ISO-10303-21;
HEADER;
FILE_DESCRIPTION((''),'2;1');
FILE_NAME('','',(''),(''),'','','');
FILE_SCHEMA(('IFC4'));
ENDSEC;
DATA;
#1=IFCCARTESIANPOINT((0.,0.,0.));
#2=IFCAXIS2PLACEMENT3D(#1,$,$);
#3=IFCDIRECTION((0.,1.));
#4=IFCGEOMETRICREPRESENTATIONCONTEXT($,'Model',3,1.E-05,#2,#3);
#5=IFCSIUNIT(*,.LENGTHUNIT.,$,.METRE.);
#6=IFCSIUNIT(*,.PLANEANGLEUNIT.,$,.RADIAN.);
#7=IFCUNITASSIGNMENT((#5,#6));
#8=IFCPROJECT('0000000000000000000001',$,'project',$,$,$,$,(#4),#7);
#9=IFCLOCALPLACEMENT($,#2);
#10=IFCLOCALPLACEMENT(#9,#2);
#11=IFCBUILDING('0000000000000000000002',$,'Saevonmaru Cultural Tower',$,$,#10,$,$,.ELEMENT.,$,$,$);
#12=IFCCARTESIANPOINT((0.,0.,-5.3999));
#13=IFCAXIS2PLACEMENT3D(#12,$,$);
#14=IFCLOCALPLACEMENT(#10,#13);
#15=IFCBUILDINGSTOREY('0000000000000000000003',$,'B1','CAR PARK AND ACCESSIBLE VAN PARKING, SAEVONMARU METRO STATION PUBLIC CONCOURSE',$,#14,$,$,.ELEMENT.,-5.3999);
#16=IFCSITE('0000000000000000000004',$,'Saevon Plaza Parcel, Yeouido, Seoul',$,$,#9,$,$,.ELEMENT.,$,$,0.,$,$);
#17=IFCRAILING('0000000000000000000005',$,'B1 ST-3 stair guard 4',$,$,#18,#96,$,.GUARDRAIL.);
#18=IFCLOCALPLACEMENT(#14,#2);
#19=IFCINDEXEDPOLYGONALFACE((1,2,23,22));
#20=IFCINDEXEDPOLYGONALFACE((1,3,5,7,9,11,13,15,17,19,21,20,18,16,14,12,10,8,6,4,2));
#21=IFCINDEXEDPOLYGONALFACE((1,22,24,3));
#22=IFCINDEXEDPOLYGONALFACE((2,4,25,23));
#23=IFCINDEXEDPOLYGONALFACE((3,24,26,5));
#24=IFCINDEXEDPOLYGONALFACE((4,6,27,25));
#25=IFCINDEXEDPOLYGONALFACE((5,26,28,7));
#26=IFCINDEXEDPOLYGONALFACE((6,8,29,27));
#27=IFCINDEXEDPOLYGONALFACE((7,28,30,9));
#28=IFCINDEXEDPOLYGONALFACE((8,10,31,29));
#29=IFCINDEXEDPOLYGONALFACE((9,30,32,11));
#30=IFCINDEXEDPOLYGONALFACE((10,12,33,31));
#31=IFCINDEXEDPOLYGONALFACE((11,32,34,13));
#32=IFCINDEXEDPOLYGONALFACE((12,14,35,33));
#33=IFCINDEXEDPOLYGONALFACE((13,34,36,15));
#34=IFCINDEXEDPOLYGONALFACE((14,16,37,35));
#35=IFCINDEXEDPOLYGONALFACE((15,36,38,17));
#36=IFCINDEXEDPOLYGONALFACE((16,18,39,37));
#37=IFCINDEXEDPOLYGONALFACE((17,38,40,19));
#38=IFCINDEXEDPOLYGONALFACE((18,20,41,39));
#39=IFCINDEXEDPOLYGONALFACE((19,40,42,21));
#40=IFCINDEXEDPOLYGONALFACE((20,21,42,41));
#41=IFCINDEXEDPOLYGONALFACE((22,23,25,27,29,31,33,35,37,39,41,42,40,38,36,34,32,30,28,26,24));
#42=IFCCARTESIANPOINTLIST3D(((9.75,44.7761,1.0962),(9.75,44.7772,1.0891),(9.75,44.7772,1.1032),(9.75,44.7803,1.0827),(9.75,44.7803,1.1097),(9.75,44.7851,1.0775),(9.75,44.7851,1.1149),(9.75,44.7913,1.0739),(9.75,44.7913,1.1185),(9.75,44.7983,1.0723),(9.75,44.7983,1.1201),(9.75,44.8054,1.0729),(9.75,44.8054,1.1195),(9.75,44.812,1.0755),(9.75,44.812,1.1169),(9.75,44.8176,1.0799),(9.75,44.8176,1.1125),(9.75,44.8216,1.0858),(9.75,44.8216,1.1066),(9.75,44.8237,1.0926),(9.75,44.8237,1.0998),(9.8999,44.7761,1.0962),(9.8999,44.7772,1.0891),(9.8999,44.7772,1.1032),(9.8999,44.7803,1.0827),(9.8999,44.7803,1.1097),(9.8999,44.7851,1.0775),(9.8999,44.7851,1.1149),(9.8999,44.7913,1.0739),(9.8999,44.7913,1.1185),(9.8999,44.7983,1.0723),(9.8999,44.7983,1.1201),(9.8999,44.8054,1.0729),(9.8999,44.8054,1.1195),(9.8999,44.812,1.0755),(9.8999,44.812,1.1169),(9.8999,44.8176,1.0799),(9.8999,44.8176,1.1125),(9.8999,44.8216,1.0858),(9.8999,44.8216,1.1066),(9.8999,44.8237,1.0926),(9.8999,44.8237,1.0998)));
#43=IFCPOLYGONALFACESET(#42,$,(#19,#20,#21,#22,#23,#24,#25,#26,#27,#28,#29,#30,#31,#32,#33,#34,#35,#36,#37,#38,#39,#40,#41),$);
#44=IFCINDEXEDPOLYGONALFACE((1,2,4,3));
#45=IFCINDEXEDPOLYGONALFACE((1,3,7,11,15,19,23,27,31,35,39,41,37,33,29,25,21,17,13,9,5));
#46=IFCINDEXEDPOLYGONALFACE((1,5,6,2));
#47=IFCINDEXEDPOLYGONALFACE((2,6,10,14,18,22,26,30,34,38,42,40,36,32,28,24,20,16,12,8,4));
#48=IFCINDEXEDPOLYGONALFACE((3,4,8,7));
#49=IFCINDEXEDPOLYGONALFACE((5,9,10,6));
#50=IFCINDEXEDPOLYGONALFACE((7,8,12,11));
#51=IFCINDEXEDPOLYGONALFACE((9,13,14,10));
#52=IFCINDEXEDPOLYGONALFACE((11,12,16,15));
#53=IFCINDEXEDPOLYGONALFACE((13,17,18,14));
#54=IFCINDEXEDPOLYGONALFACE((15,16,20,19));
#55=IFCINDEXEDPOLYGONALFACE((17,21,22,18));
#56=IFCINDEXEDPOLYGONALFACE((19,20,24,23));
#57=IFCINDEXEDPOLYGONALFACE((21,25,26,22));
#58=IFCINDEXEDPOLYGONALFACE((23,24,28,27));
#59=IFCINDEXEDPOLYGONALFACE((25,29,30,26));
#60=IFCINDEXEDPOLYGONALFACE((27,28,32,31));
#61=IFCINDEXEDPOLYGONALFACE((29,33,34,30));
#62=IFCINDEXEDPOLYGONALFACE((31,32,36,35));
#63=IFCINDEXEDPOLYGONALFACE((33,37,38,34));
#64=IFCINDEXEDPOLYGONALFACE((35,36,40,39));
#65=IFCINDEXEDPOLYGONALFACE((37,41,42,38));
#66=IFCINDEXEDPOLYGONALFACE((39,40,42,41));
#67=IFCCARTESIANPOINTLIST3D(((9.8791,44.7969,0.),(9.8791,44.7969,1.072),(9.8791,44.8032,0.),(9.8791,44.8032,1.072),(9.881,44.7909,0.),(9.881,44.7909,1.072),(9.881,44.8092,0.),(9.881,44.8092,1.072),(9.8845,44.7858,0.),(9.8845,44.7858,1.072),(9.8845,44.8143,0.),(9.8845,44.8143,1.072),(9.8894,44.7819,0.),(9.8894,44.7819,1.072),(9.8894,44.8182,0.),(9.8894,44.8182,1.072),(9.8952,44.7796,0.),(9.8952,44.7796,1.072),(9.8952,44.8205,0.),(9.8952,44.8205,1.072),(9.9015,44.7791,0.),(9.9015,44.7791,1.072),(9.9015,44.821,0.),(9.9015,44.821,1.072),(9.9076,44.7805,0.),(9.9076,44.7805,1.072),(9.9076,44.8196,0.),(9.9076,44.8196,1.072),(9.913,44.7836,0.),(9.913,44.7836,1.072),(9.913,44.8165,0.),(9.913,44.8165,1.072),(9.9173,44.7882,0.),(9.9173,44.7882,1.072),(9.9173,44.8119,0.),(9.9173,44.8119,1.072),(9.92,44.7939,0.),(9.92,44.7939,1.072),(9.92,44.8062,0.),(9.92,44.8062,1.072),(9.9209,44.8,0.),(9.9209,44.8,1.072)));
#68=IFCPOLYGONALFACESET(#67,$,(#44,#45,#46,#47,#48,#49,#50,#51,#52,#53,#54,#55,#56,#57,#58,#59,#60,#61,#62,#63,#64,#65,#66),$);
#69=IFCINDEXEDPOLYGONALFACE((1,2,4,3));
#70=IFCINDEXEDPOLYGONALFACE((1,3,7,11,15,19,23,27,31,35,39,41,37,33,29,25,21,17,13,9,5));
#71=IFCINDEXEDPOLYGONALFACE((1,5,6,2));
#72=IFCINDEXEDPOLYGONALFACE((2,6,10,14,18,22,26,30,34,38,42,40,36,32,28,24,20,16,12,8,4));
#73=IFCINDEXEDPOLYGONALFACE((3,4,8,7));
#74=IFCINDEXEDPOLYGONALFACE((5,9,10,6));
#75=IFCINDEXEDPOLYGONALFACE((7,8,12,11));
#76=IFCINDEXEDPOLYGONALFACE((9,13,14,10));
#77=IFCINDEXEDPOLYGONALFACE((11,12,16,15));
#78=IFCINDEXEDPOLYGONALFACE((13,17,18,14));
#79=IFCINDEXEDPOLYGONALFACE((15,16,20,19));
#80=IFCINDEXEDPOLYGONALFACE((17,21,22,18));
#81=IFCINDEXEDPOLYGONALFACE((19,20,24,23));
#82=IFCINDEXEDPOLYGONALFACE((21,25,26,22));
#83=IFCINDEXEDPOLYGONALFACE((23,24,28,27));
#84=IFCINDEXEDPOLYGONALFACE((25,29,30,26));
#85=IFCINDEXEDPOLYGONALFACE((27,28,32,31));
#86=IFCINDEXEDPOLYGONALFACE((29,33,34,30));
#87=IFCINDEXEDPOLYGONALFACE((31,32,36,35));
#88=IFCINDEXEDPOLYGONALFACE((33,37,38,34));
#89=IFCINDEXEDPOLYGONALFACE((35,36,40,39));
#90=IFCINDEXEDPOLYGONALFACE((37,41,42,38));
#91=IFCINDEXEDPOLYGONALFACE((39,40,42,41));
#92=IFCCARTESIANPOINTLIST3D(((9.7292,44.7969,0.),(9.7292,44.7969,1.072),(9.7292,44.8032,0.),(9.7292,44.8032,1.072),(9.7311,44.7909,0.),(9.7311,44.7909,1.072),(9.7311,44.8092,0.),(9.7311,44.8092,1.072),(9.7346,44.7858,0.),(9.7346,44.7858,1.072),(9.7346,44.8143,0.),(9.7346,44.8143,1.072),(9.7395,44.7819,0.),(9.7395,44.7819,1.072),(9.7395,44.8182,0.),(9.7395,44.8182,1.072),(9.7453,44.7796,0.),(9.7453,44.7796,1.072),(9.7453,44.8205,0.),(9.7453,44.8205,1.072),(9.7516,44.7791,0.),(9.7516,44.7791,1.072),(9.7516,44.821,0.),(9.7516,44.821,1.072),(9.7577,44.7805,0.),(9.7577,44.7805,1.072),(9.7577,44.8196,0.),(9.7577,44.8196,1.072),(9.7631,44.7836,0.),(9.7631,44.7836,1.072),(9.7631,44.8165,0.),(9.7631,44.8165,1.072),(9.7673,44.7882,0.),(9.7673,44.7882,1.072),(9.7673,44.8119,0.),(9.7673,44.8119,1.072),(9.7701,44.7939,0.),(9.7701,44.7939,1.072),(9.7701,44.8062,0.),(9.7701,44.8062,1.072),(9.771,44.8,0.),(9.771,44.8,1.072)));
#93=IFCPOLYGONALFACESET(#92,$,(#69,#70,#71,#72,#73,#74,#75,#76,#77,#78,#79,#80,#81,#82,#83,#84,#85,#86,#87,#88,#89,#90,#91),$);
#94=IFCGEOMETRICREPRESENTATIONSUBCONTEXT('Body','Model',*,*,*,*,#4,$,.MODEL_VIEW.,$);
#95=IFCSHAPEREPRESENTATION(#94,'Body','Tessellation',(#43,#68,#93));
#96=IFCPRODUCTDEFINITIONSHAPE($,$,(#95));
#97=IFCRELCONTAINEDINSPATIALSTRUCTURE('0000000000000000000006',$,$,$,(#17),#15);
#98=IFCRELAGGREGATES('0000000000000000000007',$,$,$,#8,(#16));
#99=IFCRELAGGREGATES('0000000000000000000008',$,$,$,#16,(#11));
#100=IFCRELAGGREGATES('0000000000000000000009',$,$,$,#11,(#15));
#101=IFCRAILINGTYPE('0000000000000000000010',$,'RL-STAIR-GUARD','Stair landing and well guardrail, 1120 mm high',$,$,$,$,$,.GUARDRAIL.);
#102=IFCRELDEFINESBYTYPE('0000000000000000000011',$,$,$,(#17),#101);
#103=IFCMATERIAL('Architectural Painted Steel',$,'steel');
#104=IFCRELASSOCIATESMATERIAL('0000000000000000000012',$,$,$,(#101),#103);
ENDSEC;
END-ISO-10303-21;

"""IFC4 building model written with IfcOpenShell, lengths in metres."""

from ifc_helpers import new_model, si_unit, direction, frame, origin, origin_2d, place, context, subcontext, project, spatial, circle, extrude, material, type_object, element, save


model = new_model("IFC4")

# Units and contexts
model_context = context("Model", 3, precision=1e-05, world=origin(), true_north=direction((0.0, 1.0)))
body_context = subcontext(model_context, "Body", "Model", "MODEL_VIEW")
ifc_project = project(units=[si_unit("LENGTHUNIT", "METRE"), si_unit("PLANEANGLEUNIT", "RADIAN")], contexts=[model_context])

# Site, building, storey
site_placement = place(None, origin())
site = spatial("IfcSite", under=ifc_project, at=site_placement, Name="Saevon Plaza Parcel, Yeouido, Seoul", CompositionType="ELEMENT", RefElevation=0.0)
building_placement = place(site_placement, origin())
building = spatial("IfcBuilding", under=site, at=building_placement, Name="Saevonmaru Cultural Tower", CompositionType="ELEMENT")
storey_placement = place(building_placement, frame((0.0, 0.0, -5.3999)))
storey = spatial("IfcBuildingStorey", under=building, at=storey_placement, Name="B1", Description="CAR PARK AND ACCESSIBLE VAN PARKING, SAEVONMARU METRO STATION PUBLIC CONCOURSE", CompositionType="ELEMENT", Elevation=-5.3999)

# Railing
ifc_material_1 = material(Name="Architectural Painted Steel", Category="steel")
railing_type_1 = type_object("IfcRailingType", Name="RL-STAIR-GUARD", Description="Stair landing and well guardrail, 1120 mm high", PredefinedType="GUARDRAIL", material=ifc_material_1)
railing_1_placement = place(storey_placement, frame((9.8999, 44.8, 0.0)))
element("IfcRailing", 1, at=railing_1_placement, inside=storey, type_object=railing_type_1, Name="B1 ST-3 stair guard 4", PredefinedType="GUARDRAIL", context=body_context, shape_type="SweptSolid", body=[
    extrude(circle(Radius=0.0239, at=origin_2d()), frame((0.0, 0.0, 1.0962), z_axis=(-1.0, 0.0, 0.0), x_axis=(0.0, -1.0, 0.0)), (0.0, 0.0, 1.0), 0.1499),
    extrude(circle(Radius=0.021, at=origin_2d()), origin(), (0.0, 0.0, 1.0), 1.072),
    extrude(circle(Radius=0.021, at=origin_2d()), frame((-0.1499, 0.0, 0.0)), (0.0, 0.0, 1.0), 1.072),
])

save(model, "model.ifc")
